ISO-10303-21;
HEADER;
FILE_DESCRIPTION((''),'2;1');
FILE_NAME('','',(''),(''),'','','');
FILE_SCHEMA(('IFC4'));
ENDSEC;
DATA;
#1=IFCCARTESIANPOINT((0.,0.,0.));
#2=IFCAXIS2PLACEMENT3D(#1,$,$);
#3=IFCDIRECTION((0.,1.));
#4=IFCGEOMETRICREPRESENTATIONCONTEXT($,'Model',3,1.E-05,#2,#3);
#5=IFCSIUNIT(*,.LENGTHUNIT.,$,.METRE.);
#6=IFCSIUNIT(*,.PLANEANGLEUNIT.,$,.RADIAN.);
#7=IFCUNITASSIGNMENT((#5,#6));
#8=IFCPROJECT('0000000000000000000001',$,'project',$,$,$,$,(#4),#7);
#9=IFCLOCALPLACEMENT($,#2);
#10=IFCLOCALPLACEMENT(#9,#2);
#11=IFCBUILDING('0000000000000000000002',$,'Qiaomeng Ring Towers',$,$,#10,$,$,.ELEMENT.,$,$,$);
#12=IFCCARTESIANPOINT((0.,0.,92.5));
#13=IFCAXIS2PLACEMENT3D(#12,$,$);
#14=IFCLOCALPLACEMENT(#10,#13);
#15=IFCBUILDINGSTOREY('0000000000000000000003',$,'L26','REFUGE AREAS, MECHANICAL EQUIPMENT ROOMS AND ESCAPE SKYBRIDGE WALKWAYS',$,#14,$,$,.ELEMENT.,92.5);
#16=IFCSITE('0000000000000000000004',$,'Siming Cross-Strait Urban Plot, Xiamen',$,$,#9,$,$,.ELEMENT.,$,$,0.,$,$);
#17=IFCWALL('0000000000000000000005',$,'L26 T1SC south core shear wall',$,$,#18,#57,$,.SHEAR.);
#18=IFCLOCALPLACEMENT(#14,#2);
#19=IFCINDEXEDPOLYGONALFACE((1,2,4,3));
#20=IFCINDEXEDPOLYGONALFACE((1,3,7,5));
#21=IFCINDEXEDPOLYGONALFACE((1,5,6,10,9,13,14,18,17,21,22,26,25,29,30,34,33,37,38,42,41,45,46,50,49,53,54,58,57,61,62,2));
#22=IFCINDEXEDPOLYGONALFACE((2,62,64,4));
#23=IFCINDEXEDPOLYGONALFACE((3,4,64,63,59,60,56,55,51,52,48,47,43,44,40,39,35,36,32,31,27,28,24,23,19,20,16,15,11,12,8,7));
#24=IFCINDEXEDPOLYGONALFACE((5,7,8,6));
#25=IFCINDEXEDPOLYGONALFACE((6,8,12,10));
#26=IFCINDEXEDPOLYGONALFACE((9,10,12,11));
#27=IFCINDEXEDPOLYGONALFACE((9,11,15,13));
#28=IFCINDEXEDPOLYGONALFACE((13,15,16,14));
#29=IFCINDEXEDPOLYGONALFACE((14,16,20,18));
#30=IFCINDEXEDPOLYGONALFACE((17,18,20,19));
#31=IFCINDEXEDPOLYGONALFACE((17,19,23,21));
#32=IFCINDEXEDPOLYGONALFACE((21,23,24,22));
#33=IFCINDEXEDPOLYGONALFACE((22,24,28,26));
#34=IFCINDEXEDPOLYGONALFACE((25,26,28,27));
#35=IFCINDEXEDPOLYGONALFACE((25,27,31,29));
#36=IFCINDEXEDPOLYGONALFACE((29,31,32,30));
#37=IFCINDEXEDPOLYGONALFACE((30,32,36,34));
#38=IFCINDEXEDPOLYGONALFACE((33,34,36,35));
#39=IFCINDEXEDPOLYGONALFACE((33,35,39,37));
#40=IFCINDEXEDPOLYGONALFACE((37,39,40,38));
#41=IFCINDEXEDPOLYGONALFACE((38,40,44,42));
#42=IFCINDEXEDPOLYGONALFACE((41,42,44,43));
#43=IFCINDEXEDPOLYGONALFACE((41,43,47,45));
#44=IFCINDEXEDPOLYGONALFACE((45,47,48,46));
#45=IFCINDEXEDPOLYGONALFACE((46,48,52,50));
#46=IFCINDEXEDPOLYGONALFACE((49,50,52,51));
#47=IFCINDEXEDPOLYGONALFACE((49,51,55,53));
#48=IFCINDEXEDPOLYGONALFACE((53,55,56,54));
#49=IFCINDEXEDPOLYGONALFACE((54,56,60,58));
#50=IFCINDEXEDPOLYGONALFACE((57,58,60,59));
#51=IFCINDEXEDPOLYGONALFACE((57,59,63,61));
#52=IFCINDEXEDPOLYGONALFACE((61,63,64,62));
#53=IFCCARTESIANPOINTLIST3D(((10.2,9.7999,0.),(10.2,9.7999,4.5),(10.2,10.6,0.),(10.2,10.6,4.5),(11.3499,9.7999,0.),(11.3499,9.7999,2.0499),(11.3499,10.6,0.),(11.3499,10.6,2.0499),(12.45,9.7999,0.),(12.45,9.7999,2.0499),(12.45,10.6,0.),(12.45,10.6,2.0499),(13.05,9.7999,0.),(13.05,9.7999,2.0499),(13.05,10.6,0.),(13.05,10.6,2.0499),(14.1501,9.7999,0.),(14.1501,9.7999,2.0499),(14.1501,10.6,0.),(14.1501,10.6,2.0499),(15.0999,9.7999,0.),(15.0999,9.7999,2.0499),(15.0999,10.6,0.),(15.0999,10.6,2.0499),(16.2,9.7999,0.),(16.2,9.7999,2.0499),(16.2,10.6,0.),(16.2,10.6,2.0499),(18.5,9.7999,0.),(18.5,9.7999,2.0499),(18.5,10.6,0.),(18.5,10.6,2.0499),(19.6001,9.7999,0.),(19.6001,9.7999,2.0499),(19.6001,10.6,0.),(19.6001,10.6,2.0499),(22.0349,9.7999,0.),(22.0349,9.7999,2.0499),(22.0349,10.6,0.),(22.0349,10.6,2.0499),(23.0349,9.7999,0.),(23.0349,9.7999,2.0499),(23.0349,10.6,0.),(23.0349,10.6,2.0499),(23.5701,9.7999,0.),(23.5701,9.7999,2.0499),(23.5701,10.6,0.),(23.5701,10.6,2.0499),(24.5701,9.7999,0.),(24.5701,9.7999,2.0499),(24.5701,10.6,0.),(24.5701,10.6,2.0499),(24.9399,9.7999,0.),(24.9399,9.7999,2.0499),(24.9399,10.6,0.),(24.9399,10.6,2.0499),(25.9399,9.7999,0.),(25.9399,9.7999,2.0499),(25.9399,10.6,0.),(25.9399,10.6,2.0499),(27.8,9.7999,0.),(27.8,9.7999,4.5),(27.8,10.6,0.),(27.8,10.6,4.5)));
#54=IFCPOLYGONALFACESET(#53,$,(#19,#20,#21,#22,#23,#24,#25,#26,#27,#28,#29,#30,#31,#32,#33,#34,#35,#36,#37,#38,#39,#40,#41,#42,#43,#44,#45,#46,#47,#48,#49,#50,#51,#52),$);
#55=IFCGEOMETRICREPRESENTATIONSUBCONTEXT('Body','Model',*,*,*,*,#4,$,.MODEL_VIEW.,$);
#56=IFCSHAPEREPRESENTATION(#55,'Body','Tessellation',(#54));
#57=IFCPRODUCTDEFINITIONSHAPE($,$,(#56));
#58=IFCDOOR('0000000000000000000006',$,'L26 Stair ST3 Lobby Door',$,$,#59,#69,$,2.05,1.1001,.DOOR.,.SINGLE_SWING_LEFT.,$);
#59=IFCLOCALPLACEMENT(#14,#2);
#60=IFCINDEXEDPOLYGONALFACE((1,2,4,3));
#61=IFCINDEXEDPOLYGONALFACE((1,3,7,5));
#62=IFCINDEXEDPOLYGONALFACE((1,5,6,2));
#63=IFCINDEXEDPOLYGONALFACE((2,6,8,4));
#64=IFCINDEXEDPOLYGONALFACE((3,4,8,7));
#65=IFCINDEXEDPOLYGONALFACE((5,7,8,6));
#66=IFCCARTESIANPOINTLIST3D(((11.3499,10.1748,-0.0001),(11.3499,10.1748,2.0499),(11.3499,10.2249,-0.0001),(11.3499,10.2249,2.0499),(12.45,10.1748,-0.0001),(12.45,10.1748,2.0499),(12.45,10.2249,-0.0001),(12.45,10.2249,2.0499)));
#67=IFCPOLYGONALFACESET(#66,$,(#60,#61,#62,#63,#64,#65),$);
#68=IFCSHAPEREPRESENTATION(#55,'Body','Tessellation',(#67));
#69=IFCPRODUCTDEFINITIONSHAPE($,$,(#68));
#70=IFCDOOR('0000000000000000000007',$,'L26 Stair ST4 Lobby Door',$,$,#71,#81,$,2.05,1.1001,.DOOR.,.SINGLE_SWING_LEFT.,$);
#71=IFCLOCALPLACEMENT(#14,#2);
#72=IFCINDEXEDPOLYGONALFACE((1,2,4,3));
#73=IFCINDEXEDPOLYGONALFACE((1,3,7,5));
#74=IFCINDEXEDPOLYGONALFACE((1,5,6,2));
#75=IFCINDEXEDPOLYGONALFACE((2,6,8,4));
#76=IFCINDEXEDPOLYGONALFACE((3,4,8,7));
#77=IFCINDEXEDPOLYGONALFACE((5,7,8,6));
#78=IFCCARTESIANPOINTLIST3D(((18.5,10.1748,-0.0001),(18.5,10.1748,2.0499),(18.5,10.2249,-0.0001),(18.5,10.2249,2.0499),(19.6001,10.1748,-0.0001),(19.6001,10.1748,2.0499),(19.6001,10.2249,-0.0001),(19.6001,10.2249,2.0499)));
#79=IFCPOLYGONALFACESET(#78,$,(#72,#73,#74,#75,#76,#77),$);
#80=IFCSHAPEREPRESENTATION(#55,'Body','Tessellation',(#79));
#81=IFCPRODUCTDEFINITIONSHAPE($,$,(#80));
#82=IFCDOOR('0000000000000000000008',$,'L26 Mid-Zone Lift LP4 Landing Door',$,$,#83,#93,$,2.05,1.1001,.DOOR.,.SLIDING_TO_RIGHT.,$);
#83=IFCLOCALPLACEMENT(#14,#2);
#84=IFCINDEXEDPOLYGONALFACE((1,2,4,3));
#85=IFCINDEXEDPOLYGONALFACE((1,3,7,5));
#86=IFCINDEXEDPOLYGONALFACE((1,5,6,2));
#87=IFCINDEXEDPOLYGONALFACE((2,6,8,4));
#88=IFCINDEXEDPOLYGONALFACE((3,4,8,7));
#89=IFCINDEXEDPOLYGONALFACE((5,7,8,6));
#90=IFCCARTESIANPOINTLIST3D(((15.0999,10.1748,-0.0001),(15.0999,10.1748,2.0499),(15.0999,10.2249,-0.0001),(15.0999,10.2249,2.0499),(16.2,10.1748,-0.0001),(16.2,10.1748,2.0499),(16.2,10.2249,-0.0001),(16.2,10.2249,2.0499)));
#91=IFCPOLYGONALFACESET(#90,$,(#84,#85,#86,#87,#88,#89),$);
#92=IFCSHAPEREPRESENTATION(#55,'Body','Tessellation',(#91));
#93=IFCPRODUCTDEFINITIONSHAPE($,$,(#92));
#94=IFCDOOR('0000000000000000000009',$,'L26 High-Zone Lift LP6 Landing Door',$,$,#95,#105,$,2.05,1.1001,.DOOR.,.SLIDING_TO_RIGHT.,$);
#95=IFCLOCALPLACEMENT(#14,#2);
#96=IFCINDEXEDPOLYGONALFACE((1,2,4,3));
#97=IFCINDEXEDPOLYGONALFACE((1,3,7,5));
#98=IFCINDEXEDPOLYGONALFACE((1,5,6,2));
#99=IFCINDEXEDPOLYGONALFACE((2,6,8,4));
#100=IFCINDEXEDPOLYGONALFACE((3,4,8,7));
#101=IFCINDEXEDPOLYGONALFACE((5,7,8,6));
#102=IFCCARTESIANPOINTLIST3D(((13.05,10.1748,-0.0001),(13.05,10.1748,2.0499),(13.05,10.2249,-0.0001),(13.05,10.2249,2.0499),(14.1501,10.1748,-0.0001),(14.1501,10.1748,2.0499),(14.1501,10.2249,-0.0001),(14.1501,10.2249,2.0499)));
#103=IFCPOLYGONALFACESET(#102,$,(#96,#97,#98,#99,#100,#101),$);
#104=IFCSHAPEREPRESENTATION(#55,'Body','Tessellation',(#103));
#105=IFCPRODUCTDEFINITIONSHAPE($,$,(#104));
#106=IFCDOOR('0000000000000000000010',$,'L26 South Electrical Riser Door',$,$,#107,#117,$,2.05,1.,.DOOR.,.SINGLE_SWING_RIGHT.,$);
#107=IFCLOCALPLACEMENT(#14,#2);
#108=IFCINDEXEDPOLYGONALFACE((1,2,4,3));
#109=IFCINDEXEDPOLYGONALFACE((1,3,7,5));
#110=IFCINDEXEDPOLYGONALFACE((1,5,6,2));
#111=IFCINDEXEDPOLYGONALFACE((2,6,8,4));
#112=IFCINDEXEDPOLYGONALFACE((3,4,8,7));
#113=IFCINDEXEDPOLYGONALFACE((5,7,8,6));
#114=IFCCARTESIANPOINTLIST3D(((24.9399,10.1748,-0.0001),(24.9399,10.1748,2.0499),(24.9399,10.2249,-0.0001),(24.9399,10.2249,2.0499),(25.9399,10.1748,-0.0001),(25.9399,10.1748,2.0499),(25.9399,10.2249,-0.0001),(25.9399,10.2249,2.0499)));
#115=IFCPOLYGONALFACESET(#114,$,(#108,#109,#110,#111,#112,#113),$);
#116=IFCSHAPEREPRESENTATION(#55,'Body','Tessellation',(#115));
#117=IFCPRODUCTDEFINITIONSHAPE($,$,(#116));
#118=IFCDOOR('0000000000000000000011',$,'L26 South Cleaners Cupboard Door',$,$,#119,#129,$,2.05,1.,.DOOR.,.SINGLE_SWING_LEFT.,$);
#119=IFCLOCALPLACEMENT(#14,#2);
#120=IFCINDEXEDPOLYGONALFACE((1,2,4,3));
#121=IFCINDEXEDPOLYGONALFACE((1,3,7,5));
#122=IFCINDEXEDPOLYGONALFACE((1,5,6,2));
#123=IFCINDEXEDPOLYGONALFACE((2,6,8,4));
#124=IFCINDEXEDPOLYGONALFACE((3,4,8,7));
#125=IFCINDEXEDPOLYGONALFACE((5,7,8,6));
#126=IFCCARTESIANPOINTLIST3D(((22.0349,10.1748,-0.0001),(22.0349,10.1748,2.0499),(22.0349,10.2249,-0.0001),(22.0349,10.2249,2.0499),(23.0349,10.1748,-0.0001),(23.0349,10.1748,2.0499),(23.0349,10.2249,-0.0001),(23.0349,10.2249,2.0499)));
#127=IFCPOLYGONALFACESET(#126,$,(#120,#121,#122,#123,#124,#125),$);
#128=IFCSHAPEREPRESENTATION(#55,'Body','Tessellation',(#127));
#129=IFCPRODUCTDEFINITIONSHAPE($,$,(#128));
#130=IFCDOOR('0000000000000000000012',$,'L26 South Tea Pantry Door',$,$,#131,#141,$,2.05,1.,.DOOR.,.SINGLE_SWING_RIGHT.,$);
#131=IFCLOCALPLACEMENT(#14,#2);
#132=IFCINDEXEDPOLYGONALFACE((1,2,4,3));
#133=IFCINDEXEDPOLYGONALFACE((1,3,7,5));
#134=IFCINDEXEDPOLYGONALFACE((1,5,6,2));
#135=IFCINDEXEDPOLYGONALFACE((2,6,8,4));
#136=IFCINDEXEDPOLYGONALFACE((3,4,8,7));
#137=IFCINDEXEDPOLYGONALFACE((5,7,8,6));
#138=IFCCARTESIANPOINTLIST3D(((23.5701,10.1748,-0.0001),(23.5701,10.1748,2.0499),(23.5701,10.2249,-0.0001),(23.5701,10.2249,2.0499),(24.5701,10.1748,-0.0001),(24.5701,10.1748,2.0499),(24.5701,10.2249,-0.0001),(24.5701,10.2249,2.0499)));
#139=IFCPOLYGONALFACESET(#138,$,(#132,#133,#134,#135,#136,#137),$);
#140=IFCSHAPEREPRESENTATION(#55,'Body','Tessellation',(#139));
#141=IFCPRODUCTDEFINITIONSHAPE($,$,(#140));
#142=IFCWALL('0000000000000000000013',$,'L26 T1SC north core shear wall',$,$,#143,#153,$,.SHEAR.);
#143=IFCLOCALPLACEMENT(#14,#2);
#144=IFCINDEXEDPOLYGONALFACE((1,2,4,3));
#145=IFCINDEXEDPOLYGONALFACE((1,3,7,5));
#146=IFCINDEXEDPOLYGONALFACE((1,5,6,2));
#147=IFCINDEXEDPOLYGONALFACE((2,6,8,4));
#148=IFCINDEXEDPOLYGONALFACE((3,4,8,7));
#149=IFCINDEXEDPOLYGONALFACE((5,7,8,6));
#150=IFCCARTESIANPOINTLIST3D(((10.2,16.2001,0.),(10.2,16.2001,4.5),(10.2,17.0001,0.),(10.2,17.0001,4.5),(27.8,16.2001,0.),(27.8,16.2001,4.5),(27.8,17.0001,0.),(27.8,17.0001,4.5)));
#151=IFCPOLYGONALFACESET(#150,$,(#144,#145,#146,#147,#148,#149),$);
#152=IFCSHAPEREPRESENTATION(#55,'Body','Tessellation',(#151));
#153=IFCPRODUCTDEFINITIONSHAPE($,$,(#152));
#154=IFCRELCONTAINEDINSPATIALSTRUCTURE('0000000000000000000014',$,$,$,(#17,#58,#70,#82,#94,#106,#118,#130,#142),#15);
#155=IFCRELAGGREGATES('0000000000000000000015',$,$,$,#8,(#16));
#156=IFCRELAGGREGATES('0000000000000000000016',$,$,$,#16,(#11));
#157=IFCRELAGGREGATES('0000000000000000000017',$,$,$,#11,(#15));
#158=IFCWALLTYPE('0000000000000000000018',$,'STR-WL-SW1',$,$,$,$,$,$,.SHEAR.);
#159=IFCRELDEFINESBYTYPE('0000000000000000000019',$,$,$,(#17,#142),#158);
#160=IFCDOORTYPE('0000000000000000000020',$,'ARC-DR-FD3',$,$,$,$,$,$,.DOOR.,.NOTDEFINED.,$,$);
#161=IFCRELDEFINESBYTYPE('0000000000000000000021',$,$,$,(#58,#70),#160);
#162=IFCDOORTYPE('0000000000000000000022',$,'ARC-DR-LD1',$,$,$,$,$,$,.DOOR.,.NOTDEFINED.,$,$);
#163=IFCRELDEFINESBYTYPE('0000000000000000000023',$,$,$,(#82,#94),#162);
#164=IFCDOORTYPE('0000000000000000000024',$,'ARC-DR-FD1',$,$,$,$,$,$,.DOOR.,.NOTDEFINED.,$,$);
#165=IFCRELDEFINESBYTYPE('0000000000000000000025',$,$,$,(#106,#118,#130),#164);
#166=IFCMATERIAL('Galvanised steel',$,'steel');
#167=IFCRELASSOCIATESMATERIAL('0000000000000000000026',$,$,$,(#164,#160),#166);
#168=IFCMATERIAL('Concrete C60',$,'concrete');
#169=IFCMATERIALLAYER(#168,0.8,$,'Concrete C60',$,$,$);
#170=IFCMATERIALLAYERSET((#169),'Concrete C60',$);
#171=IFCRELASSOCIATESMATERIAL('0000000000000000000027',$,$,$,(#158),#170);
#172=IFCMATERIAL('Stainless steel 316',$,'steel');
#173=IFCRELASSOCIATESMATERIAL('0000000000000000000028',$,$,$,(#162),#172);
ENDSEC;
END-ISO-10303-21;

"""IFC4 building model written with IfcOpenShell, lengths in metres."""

from ifc_helpers import new_model, si_unit, direction, frame, frame_2d, origin, place, context, subcontext, project, spatial, rectangle, extrude, source, transform, mapped, material, layer, layer_set, type_object, element, fill, save


model = new_model("IFC4")

# Units and contexts
model_context = context("Model", 3, precision=1e-05, world=origin(), true_north=direction((0.0, 1.0)))
body_context = subcontext(model_context, "Body", "Model", "MODEL_VIEW")
ifc_project = project(units=[si_unit("LENGTHUNIT", "METRE"), si_unit("PLANEANGLEUNIT", "RADIAN")], contexts=[model_context])

# Site, building, storey
site_placement = place(None, origin())
site = spatial("IfcSite", under=ifc_project, at=site_placement, Name="Siming Cross-Strait Urban Plot, Xiamen", CompositionType="ELEMENT", RefElevation=0.0)
building_placement = place(site_placement, origin())
building = spatial("IfcBuilding", under=site, at=building_placement, Name="Qiaomeng Ring Towers", CompositionType="ELEMENT")
storey_placement = place(building_placement, frame((0.0, 0.0, 92.5)))
storey = spatial("IfcBuildingStorey", under=building, at=storey_placement, Name="L26", Description="REFUGE AREAS, MECHANICAL EQUIPMENT ROOMS AND ESCAPE SKYBRIDGE WALKWAYS", CompositionType="ELEMENT", Elevation=92.5)

# Shared definitions
ifc_material_1 = material(Name="Galvanised steel", Category="steel")
door_type_1 = type_object("IfcDoorType", Name="ARC-DR-FD1", OperationType="NOTDEFINED", PredefinedType="DOOR", material=ifc_material_1)
shared_shape_1 = source(origin(), body_context, "Body", "SweptSolid", [
    extrude(rectangle(XDim=1.0, YDim=2.05, at=frame_2d((0.5, 1.0249))), frame((0.0, 0.0249, 0.0), z_axis=(0.0, -1.0, 0.0), x_axis=(1.0, 0.0, 0.0)), (0.0, 0.0, 1.0), 0.05),
])

# Shared definitions
door_type_2 = type_object("IfcDoorType", Name="ARC-DR-FD3", OperationType="NOTDEFINED", PredefinedType="DOOR", material=ifc_material_1)
shared_shape_2 = source(origin(), body_context, "Body", "SweptSolid", [
    extrude(rectangle(XDim=1.1001, YDim=2.05, at=frame_2d((0.55, 1.0249))), frame((0.0, 0.0249, 0.0), z_axis=(0.0, -1.0, 0.0), x_axis=(1.0, 0.0, 0.0)), (0.0, 0.0, 1.0), 0.05),
])

# Wall, openings, doors
ifc_material_2 = material(Name="Concrete C60", Category="concrete")
ifc_layer_1 = layer(ifc_material_2, 0.8, Name="Concrete C60")
ifc_layer_set_1 = layer_set([ifc_layer_1], Name="Concrete C60")
wall_type_1 = type_object("IfcWallType", Name="STR-WL-SW1", PredefinedType="SHEAR", material=ifc_layer_set_1)
wall_1_placement = place(storey_placement, frame((10.2, 10.2, 0.0), z_axis=(0.0, 0.0, 1.0), x_axis=(1.0, 0.0, 0.0)))
wall_1 = element("IfcWall", 1, at=wall_1_placement, inside=storey, type_object=wall_type_1, Name="L26 T1SC south core shear wall", PredefinedType="SHEAR", context=body_context, shape_type="SweptSolid", body=[
    extrude(rectangle(XDim=17.6001, YDim=0.8, at=frame_2d((8.8, 0.0))), origin(), (0.0, 0.0, 1.0), 4.5),
])
opening_1_placement = place(wall_1_placement, frame((1.1499, 0.0, 0.0)))
opening_1 = element("IfcOpeningElement", 2, at=opening_1_placement, cuts=wall_1, PredefinedType="OPENING", context=body_context, shape_type="SweptSolid", body=[
    extrude(rectangle(XDim=1.1001, YDim=2.05, at=frame_2d((0.55, 1.0249))), frame((0.0, 0.4099, 0.0), z_axis=(0.0, -1.0, 0.0), x_axis=(1.0, 0.0, 0.0)), (0.0, 0.0, 1.0), 0.8201),
])
opening_2_placement = place(wall_1_placement, frame((8.3, 0.0, 0.0)))
opening_2 = element("IfcOpeningElement", 3, at=opening_2_placement, cuts=wall_1, PredefinedType="OPENING", context=body_context, shape_type="SweptSolid", body=[
    extrude(rectangle(XDim=1.1001, YDim=2.05, at=frame_2d((0.55, 1.0249))), frame((0.0, 0.4099, 0.0), z_axis=(0.0, -1.0, 0.0), x_axis=(1.0, 0.0, 0.0)), (0.0, 0.0, 1.0), 0.8201),
])
opening_3_placement = place(wall_1_placement, frame((4.8999, 0.0, 0.0)))
opening_3 = element("IfcOpeningElement", 4, at=opening_3_placement, cuts=wall_1, PredefinedType="OPENING", context=body_context, shape_type="SweptSolid", body=[
    extrude(rectangle(XDim=1.1001, YDim=2.05, at=frame_2d((0.55, 1.0249))), frame((0.0, 0.4099, 0.0), z_axis=(0.0, -1.0, 0.0), x_axis=(1.0, 0.0, 0.0)), (0.0, 0.0, 1.0), 0.8201),
])
opening_4_placement = place(wall_1_placement, frame((2.8501, 0.0, 0.0)))
opening_4 = element("IfcOpeningElement", 5, at=opening_4_placement, cuts=wall_1, PredefinedType="OPENING", context=body_context, shape_type="SweptSolid", body=[
    extrude(rectangle(XDim=1.1001, YDim=2.05, at=frame_2d((0.55, 1.0249))), frame((0.0, 0.4099, 0.0), z_axis=(0.0, -1.0, 0.0), x_axis=(1.0, 0.0, 0.0)), (0.0, 0.0, 1.0), 0.8201),
])
opening_5_placement = place(wall_1_placement, frame((14.74, 0.0, 0.0)))
opening_5 = element("IfcOpeningElement", 6, at=opening_5_placement, cuts=wall_1, PredefinedType="OPENING", context=body_context, shape_type="SweptSolid", body=[
    extrude(rectangle(XDim=1.0, YDim=2.05, at=frame_2d((0.5, 1.0249))), frame((0.0, 0.4099, 0.0), z_axis=(0.0, -1.0, 0.0), x_axis=(1.0, 0.0, 0.0)), (0.0, 0.0, 1.0), 0.8201),
])
opening_6_placement = place(wall_1_placement, frame((11.835, 0.0, 0.0)))
opening_6 = element("IfcOpeningElement", 7, at=opening_6_placement, cuts=wall_1, PredefinedType="OPENING", context=body_context, shape_type="SweptSolid", body=[
    extrude(rectangle(XDim=1.0, YDim=2.05, at=frame_2d((0.5, 1.0249))), frame((0.0, 0.4099, 0.0), z_axis=(0.0, -1.0, 0.0), x_axis=(1.0, 0.0, 0.0)), (0.0, 0.0, 1.0), 0.8201),
])
opening_7_placement = place(wall_1_placement, frame((13.3701, 0.0, 0.0)))
opening_7 = element("IfcOpeningElement", 8, at=opening_7_placement, cuts=wall_1, PredefinedType="OPENING", context=body_context, shape_type="SweptSolid", body=[
    extrude(rectangle(XDim=1.0, YDim=2.05, at=frame_2d((0.5, 1.0249))), frame((0.0, 0.4099, 0.0), z_axis=(0.0, -1.0, 0.0), x_axis=(1.0, 0.0, 0.0)), (0.0, 0.0, 1.0), 0.8201),
])
door_1_placement = place(opening_1_placement, origin())
door_1 = element("IfcDoor", 9, at=door_1_placement, inside=storey, type_object=door_type_2, Name="L26 Stair ST3 Lobby Door", OperationType="SINGLE_SWING_LEFT", OverallHeight=2.05, OverallWidth=1.1001, PredefinedType="DOOR", context=body_context, shape_type="MappedRepresentation", body=[
    mapped(shared_shape_2, transform((0.0, 0.0, 0.0), x_axis=(1.0, 0.0, 0.0), y_axis=(0.0, 1.0, 0.0), z_axis=(0.0, 0.0, 1.0), scale=1.0)),
])
fill(opening_1, door_1)
door_2_placement = place(opening_2_placement, origin())
door_2 = element("IfcDoor", 10, at=door_2_placement, inside=storey, type_object=door_type_2, Name="L26 Stair ST4 Lobby Door", OperationType="SINGLE_SWING_LEFT", OverallHeight=2.05, OverallWidth=1.1001, PredefinedType="DOOR", context=body_context, shape_type="MappedRepresentation", body=[
    mapped(shared_shape_2, transform((0.0, 0.0, 0.0), x_axis=(1.0, 0.0, 0.0), y_axis=(0.0, 1.0, 0.0), z_axis=(0.0, 0.0, 1.0), scale=1.0)),
])
fill(opening_2, door_2)
ifc_material_3 = material(Name="Stainless steel 316", Category="steel")
door_type_3 = type_object("IfcDoorType", Name="ARC-DR-LD1", OperationType="NOTDEFINED", PredefinedType="DOOR", material=ifc_material_3)
door_3_placement = place(opening_3_placement, origin())
door_3 = element("IfcDoor", 11, at=door_3_placement, inside=storey, type_object=door_type_3, Name="L26 Mid-Zone Lift LP4 Landing Door", OperationType="SLIDING_TO_RIGHT", OverallHeight=2.05, OverallWidth=1.1001, PredefinedType="DOOR", context=body_context, shape_type="MappedRepresentation", body=[
    mapped(shared_shape_2, transform((0.0, 0.0, 0.0), x_axis=(1.0, 0.0, 0.0), y_axis=(0.0, 1.0, 0.0), z_axis=(0.0, 0.0, 1.0), scale=1.0)),
])
fill(opening_3, door_3)
door_4_placement = place(opening_4_placement, origin())
door_4 = element("IfcDoor", 12, at=door_4_placement, inside=storey, type_object=door_type_3, Name="L26 High-Zone Lift LP6 Landing Door", OperationType="SLIDING_TO_RIGHT", OverallHeight=2.05, OverallWidth=1.1001, PredefinedType="DOOR", context=body_context, shape_type="MappedRepresentation", body=[
    mapped(shared_shape_2, transform((0.0, 0.0, 0.0), x_axis=(1.0, 0.0, 0.0), y_axis=(0.0, 1.0, 0.0), z_axis=(0.0, 0.0, 1.0), scale=1.0)),
])
fill(opening_4, door_4)
door_5_placement = place(opening_5_placement, origin())
door_5 = element("IfcDoor", 13, at=door_5_placement, inside=storey, type_object=door_type_1, Name="L26 South Electrical Riser Door", OperationType="SINGLE_SWING_RIGHT", OverallHeight=2.05, OverallWidth=1.0, PredefinedType="DOOR", context=body_context, shape_type="MappedRepresentation", body=[
    mapped(shared_shape_1, transform((0.0, 0.0, 0.0), x_axis=(1.0, 0.0, 0.0), y_axis=(0.0, 1.0, 0.0), z_axis=(0.0, 0.0, 1.0), scale=1.0)),
])
fill(opening_5, door_5)
door_6_placement = place(opening_6_placement, origin())
door_6 = element("IfcDoor", 14, at=door_6_placement, inside=storey, type_object=door_type_1, Name="L26 South Cleaners Cupboard Door", OperationType="SINGLE_SWING_LEFT", OverallHeight=2.05, OverallWidth=1.0, PredefinedType="DOOR", context=body_context, shape_type="MappedRepresentation", body=[
    mapped(shared_shape_1, transform((0.0, 0.0, 0.0), x_axis=(1.0, 0.0, 0.0), y_axis=(0.0, 1.0, 0.0), z_axis=(0.0, 0.0, 1.0), scale=1.0)),
])
fill(opening_6, door_6)
door_7_placement = place(opening_7_placement, origin())
door_7 = element("IfcDoor", 15, at=door_7_placement, inside=storey, type_object=door_type_1, Name="L26 South Tea Pantry Door", OperationType="SINGLE_SWING_RIGHT", OverallHeight=2.05, OverallWidth=1.0, PredefinedType="DOOR", context=body_context, shape_type="MappedRepresentation", body=[
    mapped(shared_shape_1, transform((0.0, 0.0, 0.0), x_axis=(1.0, 0.0, 0.0), y_axis=(0.0, 1.0, 0.0), z_axis=(0.0, 0.0, 1.0), scale=1.0)),
])
fill(opening_7, door_7)

# Wall
wall_2_placement = place(storey_placement, frame((10.2, 16.6001, 0.0), z_axis=(0.0, 0.0, 1.0), x_axis=(1.0, 0.0, 0.0)))
element("IfcWall", 16, at=wall_2_placement, inside=storey, type_object=wall_type_1, Name="L26 T1SC north core shear wall", PredefinedType="SHEAR", context=body_context, shape_type="SweptSolid", body=[
    extrude(rectangle(XDim=17.6001, YDim=0.8, at=frame_2d((8.8, 0.0))), origin(), (0.0, 0.0, 1.0), 4.5),
])

save(model, "model.ifc")
